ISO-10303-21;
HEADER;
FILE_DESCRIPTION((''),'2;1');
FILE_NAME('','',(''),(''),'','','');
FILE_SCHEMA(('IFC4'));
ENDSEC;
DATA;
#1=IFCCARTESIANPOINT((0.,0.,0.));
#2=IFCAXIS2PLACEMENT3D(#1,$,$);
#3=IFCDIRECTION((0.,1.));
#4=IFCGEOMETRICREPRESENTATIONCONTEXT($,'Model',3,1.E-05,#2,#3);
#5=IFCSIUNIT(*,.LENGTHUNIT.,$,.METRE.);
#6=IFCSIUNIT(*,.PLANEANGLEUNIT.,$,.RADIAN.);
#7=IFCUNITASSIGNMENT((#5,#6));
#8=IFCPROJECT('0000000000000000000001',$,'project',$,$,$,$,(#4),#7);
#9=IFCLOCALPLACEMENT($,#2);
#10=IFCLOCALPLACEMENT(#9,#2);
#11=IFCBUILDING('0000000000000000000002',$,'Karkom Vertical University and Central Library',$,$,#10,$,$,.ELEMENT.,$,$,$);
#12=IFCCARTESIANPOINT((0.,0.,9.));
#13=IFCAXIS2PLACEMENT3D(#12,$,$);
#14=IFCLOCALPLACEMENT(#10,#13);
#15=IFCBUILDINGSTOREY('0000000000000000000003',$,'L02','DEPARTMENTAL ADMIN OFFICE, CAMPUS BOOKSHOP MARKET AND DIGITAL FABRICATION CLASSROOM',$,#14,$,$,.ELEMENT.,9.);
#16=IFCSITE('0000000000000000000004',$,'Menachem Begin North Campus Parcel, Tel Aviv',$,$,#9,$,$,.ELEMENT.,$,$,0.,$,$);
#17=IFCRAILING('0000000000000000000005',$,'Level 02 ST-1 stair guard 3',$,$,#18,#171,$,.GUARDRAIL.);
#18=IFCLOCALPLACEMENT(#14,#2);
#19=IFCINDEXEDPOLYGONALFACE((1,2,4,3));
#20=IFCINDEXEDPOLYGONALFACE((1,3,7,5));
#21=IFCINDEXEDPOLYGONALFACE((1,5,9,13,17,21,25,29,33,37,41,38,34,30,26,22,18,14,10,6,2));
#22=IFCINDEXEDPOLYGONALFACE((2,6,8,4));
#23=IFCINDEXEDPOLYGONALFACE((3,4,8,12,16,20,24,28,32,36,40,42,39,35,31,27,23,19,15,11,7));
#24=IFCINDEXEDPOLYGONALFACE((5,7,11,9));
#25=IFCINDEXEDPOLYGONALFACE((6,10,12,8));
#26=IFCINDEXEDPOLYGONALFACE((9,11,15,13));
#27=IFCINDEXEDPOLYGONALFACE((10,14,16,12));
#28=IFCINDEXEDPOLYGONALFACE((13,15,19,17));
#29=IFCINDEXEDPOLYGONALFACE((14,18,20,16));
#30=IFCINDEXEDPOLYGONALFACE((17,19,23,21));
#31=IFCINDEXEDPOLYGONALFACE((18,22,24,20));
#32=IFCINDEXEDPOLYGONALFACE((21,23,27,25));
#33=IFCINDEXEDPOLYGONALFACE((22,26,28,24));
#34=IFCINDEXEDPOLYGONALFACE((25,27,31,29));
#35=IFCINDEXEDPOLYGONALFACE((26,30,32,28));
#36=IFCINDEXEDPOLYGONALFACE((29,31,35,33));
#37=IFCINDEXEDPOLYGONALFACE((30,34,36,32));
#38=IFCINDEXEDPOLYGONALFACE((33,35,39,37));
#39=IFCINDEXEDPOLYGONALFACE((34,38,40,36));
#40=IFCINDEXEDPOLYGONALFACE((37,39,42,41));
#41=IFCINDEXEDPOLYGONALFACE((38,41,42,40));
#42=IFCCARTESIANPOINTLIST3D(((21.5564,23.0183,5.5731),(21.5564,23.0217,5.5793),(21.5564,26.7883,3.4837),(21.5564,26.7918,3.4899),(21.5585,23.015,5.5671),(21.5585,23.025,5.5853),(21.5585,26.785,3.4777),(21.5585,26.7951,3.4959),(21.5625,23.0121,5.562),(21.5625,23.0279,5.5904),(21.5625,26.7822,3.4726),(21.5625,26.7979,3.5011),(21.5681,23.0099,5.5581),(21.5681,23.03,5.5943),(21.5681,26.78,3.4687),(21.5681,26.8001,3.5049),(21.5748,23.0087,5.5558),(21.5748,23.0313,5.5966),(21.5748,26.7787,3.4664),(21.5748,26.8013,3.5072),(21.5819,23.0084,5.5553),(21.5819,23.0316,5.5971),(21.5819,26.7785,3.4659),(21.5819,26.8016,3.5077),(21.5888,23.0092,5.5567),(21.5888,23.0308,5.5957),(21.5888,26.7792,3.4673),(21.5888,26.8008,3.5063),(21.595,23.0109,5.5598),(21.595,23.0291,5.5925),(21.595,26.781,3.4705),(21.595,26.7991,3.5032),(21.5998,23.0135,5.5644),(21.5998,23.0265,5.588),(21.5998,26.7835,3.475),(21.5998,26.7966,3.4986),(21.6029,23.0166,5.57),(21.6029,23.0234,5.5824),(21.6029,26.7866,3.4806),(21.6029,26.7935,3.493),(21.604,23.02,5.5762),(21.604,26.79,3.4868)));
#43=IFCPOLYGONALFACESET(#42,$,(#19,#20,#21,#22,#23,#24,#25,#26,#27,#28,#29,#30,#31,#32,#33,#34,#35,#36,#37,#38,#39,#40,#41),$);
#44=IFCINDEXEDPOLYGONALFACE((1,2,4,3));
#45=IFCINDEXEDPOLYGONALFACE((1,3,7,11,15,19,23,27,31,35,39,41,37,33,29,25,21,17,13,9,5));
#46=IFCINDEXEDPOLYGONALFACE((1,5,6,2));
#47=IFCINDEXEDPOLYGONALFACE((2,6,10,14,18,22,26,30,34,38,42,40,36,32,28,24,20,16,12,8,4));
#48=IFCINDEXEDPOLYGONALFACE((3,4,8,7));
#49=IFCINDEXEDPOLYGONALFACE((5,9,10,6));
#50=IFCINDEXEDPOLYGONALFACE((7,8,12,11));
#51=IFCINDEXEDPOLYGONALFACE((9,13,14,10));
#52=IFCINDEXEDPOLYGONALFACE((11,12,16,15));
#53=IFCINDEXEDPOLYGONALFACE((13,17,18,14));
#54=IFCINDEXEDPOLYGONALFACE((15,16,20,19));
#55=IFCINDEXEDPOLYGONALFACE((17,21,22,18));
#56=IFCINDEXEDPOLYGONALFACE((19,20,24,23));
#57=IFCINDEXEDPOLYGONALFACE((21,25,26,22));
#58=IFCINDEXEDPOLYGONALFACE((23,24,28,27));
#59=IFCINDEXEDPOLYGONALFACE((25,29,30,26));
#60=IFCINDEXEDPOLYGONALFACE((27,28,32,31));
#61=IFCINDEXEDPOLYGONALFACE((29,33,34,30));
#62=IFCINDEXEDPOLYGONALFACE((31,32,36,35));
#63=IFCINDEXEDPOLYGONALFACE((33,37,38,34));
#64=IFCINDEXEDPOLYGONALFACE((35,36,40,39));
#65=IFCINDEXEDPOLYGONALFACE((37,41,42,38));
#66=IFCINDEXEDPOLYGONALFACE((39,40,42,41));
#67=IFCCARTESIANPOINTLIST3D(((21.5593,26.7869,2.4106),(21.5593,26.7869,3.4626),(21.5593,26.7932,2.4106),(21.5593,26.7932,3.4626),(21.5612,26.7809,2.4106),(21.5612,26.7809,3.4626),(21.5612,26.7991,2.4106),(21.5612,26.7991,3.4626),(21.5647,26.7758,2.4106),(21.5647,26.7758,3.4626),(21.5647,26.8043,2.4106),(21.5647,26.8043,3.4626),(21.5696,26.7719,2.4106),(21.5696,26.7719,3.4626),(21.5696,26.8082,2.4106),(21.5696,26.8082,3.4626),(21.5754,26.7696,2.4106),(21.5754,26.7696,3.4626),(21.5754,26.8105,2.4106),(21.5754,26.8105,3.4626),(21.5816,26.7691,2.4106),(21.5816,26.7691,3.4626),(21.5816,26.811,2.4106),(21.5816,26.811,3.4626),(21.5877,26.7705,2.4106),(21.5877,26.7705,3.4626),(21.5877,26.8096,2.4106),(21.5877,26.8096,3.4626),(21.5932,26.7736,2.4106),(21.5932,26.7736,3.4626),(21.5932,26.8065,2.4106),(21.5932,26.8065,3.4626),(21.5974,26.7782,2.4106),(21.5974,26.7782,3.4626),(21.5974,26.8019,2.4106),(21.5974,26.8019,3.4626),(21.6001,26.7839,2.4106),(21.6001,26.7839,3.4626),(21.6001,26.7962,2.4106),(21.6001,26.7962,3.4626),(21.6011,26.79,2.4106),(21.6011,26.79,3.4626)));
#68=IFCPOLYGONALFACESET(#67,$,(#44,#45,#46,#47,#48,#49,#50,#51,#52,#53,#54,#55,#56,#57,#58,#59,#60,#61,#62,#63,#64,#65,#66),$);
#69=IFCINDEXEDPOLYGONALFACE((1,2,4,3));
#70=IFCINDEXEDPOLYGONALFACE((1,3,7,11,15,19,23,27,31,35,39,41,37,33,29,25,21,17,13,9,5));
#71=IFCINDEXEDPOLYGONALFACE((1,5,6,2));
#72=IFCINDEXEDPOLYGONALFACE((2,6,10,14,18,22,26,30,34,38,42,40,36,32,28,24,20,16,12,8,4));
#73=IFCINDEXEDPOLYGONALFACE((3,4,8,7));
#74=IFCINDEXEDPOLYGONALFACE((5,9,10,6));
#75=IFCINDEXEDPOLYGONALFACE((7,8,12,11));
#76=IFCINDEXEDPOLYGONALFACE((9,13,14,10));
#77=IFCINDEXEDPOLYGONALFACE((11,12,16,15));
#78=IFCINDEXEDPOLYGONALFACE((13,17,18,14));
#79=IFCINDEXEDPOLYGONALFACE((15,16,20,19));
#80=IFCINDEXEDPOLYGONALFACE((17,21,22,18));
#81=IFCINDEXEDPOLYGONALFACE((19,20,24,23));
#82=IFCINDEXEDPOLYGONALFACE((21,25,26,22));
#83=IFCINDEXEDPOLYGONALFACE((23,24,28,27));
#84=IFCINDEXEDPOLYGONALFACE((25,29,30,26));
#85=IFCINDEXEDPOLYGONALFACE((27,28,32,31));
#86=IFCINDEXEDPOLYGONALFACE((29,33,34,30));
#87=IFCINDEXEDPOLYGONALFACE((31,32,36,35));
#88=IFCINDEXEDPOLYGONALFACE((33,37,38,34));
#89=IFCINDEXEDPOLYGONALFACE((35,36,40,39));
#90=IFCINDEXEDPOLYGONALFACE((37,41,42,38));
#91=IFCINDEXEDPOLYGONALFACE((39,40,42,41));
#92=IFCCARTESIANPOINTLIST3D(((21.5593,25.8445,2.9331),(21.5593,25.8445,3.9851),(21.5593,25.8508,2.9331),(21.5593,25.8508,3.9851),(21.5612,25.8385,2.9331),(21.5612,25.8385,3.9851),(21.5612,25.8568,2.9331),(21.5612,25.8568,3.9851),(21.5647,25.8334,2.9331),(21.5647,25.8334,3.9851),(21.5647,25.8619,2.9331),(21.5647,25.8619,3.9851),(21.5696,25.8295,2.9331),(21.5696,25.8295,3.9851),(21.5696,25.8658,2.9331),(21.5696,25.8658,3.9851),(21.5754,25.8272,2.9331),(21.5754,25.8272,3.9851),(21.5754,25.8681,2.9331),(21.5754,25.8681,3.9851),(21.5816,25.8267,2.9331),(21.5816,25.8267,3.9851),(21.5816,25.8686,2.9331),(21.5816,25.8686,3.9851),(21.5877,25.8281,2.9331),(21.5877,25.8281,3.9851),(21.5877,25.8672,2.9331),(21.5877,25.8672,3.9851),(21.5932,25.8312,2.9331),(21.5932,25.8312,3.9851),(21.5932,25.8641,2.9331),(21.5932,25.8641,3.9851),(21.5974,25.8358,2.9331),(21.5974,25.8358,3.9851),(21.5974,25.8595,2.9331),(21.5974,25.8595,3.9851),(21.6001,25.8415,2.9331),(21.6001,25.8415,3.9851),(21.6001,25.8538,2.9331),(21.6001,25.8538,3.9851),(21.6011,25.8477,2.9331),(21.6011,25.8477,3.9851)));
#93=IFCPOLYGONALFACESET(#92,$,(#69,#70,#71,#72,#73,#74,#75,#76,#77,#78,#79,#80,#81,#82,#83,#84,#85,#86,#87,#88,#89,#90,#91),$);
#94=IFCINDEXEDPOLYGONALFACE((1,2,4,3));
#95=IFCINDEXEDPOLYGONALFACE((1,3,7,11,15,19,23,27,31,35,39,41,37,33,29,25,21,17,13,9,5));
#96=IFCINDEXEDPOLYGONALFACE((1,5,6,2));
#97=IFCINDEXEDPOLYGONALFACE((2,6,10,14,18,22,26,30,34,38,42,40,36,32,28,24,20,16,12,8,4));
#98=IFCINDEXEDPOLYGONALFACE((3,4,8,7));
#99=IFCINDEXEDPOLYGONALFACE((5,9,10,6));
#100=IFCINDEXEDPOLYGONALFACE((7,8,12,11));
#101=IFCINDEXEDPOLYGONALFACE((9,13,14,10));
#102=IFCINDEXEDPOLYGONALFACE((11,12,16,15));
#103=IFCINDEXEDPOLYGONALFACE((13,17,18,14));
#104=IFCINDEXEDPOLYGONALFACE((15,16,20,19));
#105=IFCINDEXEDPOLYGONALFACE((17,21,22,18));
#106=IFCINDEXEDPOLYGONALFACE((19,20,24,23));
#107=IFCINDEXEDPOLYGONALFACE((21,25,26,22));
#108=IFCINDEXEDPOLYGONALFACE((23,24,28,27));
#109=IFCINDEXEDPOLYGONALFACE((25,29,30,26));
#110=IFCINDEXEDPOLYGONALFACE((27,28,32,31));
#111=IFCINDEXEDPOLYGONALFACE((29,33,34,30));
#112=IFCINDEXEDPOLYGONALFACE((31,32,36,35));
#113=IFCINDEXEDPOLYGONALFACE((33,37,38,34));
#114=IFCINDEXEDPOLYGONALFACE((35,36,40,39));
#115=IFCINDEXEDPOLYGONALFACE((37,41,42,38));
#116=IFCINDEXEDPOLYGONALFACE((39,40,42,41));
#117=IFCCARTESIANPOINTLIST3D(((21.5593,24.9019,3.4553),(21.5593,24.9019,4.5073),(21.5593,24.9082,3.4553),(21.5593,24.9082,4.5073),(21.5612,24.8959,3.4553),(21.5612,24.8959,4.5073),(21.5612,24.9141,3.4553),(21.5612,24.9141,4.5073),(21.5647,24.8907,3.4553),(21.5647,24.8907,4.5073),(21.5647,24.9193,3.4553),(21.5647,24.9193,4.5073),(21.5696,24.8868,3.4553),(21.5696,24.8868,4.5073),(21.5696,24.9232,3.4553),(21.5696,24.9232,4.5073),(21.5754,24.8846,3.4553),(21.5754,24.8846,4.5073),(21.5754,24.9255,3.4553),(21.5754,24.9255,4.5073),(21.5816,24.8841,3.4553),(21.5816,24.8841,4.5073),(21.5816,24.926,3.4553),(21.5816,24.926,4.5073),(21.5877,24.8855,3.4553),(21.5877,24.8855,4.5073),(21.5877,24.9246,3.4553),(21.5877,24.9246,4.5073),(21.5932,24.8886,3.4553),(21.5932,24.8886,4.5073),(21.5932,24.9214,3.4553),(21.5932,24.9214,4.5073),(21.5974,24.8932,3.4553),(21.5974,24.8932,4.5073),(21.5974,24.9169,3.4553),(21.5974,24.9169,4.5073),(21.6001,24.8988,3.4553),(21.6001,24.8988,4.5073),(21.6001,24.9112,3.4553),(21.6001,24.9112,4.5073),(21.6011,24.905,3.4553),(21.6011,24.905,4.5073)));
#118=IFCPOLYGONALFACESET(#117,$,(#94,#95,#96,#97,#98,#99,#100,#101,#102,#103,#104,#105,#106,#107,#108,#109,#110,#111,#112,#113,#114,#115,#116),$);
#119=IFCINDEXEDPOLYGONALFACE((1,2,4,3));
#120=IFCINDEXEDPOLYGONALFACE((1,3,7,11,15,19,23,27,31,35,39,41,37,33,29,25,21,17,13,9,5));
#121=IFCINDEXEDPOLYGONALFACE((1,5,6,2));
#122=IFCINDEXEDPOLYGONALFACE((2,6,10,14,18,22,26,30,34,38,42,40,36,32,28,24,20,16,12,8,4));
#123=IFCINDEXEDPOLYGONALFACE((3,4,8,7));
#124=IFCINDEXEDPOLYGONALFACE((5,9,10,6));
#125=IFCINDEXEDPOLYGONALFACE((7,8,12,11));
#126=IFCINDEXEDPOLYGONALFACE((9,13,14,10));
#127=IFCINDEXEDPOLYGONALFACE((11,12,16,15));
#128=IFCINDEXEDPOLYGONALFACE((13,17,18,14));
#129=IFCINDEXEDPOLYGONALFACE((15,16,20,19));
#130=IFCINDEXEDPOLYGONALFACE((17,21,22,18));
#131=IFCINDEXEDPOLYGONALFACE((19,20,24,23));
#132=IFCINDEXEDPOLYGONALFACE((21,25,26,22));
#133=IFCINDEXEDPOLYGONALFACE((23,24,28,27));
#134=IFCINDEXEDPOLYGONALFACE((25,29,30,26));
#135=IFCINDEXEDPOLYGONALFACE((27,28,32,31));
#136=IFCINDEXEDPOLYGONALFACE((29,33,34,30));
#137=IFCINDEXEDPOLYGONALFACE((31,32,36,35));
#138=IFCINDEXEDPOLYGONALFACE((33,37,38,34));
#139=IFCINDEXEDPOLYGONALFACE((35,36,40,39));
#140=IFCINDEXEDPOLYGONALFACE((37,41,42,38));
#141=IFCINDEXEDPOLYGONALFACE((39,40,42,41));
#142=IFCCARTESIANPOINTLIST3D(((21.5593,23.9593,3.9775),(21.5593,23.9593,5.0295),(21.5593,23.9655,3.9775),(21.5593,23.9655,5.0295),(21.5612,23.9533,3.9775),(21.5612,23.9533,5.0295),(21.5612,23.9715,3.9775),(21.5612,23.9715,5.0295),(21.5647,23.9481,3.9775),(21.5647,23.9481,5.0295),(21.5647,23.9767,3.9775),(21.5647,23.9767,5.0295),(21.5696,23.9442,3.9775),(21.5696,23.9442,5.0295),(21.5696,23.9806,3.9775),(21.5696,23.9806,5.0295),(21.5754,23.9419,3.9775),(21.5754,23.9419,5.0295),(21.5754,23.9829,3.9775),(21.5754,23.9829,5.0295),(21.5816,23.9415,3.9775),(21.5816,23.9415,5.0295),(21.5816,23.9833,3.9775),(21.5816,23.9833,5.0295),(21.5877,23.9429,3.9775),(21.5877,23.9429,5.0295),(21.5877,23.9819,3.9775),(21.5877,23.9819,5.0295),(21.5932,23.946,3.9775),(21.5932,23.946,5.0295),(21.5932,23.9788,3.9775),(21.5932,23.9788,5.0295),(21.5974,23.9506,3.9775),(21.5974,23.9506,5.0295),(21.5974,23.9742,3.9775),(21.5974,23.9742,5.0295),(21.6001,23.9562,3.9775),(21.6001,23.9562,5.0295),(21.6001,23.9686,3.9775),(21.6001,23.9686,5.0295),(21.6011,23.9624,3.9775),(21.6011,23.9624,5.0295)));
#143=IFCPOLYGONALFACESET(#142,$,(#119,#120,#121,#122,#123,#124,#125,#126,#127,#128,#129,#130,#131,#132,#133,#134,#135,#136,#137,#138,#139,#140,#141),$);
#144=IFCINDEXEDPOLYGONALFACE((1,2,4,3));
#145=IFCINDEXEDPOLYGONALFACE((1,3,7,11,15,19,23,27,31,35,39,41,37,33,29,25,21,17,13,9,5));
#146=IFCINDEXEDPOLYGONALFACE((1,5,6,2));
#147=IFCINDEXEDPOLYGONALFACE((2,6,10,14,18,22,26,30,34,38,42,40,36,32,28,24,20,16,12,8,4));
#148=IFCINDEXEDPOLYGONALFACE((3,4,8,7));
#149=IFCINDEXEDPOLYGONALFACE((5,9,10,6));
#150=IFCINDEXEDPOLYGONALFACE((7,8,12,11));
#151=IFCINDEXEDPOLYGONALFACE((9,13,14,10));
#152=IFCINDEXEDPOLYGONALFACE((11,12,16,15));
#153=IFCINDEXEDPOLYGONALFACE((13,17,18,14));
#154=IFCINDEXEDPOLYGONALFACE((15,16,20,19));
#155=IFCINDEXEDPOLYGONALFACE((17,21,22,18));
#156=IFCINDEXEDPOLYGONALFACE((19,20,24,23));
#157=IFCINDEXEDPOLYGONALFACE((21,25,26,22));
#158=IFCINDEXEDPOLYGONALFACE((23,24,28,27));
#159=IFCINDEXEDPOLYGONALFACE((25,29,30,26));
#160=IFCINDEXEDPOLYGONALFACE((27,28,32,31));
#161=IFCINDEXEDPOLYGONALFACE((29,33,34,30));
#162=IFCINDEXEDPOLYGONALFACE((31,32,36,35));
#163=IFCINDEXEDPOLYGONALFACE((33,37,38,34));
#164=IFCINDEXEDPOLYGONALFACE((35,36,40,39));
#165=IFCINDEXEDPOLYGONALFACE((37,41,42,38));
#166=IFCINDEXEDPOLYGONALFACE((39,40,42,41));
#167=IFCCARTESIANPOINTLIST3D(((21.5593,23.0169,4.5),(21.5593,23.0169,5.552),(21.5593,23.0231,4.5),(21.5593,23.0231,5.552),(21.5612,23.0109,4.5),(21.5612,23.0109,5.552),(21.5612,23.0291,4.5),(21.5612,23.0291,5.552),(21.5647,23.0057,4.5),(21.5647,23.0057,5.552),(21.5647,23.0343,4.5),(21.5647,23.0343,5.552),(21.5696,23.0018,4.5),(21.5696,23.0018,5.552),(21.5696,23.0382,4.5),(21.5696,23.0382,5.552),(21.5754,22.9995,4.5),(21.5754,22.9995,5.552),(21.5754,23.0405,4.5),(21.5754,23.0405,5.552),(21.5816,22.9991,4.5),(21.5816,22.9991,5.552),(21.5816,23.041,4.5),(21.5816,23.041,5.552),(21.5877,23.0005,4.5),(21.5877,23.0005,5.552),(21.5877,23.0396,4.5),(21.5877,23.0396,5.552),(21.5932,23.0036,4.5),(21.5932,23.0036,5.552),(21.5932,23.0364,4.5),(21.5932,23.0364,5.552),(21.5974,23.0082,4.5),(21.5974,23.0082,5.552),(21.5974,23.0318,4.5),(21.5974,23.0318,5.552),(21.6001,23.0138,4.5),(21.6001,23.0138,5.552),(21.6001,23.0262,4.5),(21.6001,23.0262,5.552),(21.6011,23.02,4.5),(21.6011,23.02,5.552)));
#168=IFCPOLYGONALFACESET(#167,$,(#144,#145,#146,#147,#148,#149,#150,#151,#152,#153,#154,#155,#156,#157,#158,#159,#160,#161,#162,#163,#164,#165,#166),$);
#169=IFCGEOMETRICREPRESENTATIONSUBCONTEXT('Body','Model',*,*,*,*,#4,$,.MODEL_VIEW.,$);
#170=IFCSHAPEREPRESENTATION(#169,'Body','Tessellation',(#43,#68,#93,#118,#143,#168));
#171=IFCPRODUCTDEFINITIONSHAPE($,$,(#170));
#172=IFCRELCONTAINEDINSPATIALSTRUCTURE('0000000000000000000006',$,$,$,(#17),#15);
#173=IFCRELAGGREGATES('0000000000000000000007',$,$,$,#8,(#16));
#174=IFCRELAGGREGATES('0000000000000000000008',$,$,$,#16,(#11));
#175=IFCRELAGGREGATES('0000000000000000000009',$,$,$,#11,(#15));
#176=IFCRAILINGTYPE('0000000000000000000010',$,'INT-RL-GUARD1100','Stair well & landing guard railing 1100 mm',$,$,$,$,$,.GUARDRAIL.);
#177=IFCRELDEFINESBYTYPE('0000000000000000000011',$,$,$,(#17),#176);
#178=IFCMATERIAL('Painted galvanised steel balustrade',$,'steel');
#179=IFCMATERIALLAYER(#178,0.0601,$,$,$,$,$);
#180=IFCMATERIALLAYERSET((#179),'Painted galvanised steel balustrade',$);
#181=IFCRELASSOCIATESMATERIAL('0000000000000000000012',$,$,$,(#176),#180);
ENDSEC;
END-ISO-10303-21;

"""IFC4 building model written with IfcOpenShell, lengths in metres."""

from ifc_helpers import new_model, si_unit, direction, frame, origin, origin_2d, place, context, subcontext, project, spatial, circle, extrude, material, layer, layer_set, type_object, element, save


model = new_model("IFC4")

# Units and contexts
model_context = context("Model", 3, precision=1e-05, world=origin(), true_north=direction((0.0, 1.0)))
body_context = subcontext(model_context, "Body", "Model", "MODEL_VIEW")
ifc_project = project(units=[si_unit("LENGTHUNIT", "METRE"), si_unit("PLANEANGLEUNIT", "RADIAN")], contexts=[model_context])

# Site, building, storey
site_placement = place(None, origin())
site = spatial("IfcSite", under=ifc_project, at=site_placement, Name="Menachem Begin North Campus Parcel, Tel Aviv", CompositionType="ELEMENT", RefElevation=0.0)
building_placement = place(site_placement, origin())
building = spatial("IfcBuilding", under=site, at=building_placement, Name="Karkom Vertical University and Central Library", CompositionType="ELEMENT")
storey_placement = place(building_placement, frame((0.0, 0.0, 9.0)))
storey = spatial("IfcBuildingStorey", under=building, at=storey_placement, Name="L02", Description="DEPARTMENTAL ADMIN OFFICE, CAMPUS BOOKSHOP MARKET AND DIGITAL FABRICATION CLASSROOM", CompositionType="ELEMENT", Elevation=9.0)

# Railing
ifc_material_1 = material(Name="Painted galvanised steel balustrade", Category="steel")
ifc_layer_1 = layer(ifc_material_1, 0.0601)
ifc_layer_set_1 = layer_set([ifc_layer_1], Name="Painted galvanised steel balustrade")
railing_type_1 = type_object("IfcRailingType", Name="INT-RL-GUARD1100", Description="Stair well & landing guard railing 1100 mm", PredefinedType="GUARDRAIL", material=ifc_layer_set_1)
railing_1_placement = place(storey_placement, frame((21.5801, 26.79, 2.4106)))
element("IfcRailing", 1, at=railing_1_placement, inside=storey, type_object=railing_type_1, Name="Level 02 ST-1 stair guard 3", PredefinedType="GUARDRAIL", context=body_context, shape_type="SweptSolid", body=[
    extrude(circle(Radius=0.0239, at=origin_2d()), frame((0.0, 0.0, 1.0762), z_axis=(0.0, -0.874659, 0.484739), x_axis=(1.0, 0.0, 0.0)), (0.0, 0.0, 1.0), 4.3103),
    extrude(circle(Radius=0.021, at=origin_2d()), origin(), (0.0, 0.0, 1.0), 1.052),
    extrude(circle(Radius=0.021, at=origin_2d()), frame((0.0, -0.9424, 0.5225)), (0.0, 0.0, 1.0), 1.052),
    extrude(circle(Radius=0.021, at=origin_2d()), frame((0.0, -1.885, 1.0447)), (0.0, 0.0, 1.0), 1.052),
    extrude(circle(Radius=0.021, at=origin_2d()), frame((0.0, -2.8276, 1.5669)), (0.0, 0.0, 1.0), 1.052),
    extrude(circle(Radius=0.021, at=origin_2d()), frame((0.0, -3.77, 2.0894)), (0.0, 0.0, 1.0), 1.052),
])

save(model, "model.ifc")
